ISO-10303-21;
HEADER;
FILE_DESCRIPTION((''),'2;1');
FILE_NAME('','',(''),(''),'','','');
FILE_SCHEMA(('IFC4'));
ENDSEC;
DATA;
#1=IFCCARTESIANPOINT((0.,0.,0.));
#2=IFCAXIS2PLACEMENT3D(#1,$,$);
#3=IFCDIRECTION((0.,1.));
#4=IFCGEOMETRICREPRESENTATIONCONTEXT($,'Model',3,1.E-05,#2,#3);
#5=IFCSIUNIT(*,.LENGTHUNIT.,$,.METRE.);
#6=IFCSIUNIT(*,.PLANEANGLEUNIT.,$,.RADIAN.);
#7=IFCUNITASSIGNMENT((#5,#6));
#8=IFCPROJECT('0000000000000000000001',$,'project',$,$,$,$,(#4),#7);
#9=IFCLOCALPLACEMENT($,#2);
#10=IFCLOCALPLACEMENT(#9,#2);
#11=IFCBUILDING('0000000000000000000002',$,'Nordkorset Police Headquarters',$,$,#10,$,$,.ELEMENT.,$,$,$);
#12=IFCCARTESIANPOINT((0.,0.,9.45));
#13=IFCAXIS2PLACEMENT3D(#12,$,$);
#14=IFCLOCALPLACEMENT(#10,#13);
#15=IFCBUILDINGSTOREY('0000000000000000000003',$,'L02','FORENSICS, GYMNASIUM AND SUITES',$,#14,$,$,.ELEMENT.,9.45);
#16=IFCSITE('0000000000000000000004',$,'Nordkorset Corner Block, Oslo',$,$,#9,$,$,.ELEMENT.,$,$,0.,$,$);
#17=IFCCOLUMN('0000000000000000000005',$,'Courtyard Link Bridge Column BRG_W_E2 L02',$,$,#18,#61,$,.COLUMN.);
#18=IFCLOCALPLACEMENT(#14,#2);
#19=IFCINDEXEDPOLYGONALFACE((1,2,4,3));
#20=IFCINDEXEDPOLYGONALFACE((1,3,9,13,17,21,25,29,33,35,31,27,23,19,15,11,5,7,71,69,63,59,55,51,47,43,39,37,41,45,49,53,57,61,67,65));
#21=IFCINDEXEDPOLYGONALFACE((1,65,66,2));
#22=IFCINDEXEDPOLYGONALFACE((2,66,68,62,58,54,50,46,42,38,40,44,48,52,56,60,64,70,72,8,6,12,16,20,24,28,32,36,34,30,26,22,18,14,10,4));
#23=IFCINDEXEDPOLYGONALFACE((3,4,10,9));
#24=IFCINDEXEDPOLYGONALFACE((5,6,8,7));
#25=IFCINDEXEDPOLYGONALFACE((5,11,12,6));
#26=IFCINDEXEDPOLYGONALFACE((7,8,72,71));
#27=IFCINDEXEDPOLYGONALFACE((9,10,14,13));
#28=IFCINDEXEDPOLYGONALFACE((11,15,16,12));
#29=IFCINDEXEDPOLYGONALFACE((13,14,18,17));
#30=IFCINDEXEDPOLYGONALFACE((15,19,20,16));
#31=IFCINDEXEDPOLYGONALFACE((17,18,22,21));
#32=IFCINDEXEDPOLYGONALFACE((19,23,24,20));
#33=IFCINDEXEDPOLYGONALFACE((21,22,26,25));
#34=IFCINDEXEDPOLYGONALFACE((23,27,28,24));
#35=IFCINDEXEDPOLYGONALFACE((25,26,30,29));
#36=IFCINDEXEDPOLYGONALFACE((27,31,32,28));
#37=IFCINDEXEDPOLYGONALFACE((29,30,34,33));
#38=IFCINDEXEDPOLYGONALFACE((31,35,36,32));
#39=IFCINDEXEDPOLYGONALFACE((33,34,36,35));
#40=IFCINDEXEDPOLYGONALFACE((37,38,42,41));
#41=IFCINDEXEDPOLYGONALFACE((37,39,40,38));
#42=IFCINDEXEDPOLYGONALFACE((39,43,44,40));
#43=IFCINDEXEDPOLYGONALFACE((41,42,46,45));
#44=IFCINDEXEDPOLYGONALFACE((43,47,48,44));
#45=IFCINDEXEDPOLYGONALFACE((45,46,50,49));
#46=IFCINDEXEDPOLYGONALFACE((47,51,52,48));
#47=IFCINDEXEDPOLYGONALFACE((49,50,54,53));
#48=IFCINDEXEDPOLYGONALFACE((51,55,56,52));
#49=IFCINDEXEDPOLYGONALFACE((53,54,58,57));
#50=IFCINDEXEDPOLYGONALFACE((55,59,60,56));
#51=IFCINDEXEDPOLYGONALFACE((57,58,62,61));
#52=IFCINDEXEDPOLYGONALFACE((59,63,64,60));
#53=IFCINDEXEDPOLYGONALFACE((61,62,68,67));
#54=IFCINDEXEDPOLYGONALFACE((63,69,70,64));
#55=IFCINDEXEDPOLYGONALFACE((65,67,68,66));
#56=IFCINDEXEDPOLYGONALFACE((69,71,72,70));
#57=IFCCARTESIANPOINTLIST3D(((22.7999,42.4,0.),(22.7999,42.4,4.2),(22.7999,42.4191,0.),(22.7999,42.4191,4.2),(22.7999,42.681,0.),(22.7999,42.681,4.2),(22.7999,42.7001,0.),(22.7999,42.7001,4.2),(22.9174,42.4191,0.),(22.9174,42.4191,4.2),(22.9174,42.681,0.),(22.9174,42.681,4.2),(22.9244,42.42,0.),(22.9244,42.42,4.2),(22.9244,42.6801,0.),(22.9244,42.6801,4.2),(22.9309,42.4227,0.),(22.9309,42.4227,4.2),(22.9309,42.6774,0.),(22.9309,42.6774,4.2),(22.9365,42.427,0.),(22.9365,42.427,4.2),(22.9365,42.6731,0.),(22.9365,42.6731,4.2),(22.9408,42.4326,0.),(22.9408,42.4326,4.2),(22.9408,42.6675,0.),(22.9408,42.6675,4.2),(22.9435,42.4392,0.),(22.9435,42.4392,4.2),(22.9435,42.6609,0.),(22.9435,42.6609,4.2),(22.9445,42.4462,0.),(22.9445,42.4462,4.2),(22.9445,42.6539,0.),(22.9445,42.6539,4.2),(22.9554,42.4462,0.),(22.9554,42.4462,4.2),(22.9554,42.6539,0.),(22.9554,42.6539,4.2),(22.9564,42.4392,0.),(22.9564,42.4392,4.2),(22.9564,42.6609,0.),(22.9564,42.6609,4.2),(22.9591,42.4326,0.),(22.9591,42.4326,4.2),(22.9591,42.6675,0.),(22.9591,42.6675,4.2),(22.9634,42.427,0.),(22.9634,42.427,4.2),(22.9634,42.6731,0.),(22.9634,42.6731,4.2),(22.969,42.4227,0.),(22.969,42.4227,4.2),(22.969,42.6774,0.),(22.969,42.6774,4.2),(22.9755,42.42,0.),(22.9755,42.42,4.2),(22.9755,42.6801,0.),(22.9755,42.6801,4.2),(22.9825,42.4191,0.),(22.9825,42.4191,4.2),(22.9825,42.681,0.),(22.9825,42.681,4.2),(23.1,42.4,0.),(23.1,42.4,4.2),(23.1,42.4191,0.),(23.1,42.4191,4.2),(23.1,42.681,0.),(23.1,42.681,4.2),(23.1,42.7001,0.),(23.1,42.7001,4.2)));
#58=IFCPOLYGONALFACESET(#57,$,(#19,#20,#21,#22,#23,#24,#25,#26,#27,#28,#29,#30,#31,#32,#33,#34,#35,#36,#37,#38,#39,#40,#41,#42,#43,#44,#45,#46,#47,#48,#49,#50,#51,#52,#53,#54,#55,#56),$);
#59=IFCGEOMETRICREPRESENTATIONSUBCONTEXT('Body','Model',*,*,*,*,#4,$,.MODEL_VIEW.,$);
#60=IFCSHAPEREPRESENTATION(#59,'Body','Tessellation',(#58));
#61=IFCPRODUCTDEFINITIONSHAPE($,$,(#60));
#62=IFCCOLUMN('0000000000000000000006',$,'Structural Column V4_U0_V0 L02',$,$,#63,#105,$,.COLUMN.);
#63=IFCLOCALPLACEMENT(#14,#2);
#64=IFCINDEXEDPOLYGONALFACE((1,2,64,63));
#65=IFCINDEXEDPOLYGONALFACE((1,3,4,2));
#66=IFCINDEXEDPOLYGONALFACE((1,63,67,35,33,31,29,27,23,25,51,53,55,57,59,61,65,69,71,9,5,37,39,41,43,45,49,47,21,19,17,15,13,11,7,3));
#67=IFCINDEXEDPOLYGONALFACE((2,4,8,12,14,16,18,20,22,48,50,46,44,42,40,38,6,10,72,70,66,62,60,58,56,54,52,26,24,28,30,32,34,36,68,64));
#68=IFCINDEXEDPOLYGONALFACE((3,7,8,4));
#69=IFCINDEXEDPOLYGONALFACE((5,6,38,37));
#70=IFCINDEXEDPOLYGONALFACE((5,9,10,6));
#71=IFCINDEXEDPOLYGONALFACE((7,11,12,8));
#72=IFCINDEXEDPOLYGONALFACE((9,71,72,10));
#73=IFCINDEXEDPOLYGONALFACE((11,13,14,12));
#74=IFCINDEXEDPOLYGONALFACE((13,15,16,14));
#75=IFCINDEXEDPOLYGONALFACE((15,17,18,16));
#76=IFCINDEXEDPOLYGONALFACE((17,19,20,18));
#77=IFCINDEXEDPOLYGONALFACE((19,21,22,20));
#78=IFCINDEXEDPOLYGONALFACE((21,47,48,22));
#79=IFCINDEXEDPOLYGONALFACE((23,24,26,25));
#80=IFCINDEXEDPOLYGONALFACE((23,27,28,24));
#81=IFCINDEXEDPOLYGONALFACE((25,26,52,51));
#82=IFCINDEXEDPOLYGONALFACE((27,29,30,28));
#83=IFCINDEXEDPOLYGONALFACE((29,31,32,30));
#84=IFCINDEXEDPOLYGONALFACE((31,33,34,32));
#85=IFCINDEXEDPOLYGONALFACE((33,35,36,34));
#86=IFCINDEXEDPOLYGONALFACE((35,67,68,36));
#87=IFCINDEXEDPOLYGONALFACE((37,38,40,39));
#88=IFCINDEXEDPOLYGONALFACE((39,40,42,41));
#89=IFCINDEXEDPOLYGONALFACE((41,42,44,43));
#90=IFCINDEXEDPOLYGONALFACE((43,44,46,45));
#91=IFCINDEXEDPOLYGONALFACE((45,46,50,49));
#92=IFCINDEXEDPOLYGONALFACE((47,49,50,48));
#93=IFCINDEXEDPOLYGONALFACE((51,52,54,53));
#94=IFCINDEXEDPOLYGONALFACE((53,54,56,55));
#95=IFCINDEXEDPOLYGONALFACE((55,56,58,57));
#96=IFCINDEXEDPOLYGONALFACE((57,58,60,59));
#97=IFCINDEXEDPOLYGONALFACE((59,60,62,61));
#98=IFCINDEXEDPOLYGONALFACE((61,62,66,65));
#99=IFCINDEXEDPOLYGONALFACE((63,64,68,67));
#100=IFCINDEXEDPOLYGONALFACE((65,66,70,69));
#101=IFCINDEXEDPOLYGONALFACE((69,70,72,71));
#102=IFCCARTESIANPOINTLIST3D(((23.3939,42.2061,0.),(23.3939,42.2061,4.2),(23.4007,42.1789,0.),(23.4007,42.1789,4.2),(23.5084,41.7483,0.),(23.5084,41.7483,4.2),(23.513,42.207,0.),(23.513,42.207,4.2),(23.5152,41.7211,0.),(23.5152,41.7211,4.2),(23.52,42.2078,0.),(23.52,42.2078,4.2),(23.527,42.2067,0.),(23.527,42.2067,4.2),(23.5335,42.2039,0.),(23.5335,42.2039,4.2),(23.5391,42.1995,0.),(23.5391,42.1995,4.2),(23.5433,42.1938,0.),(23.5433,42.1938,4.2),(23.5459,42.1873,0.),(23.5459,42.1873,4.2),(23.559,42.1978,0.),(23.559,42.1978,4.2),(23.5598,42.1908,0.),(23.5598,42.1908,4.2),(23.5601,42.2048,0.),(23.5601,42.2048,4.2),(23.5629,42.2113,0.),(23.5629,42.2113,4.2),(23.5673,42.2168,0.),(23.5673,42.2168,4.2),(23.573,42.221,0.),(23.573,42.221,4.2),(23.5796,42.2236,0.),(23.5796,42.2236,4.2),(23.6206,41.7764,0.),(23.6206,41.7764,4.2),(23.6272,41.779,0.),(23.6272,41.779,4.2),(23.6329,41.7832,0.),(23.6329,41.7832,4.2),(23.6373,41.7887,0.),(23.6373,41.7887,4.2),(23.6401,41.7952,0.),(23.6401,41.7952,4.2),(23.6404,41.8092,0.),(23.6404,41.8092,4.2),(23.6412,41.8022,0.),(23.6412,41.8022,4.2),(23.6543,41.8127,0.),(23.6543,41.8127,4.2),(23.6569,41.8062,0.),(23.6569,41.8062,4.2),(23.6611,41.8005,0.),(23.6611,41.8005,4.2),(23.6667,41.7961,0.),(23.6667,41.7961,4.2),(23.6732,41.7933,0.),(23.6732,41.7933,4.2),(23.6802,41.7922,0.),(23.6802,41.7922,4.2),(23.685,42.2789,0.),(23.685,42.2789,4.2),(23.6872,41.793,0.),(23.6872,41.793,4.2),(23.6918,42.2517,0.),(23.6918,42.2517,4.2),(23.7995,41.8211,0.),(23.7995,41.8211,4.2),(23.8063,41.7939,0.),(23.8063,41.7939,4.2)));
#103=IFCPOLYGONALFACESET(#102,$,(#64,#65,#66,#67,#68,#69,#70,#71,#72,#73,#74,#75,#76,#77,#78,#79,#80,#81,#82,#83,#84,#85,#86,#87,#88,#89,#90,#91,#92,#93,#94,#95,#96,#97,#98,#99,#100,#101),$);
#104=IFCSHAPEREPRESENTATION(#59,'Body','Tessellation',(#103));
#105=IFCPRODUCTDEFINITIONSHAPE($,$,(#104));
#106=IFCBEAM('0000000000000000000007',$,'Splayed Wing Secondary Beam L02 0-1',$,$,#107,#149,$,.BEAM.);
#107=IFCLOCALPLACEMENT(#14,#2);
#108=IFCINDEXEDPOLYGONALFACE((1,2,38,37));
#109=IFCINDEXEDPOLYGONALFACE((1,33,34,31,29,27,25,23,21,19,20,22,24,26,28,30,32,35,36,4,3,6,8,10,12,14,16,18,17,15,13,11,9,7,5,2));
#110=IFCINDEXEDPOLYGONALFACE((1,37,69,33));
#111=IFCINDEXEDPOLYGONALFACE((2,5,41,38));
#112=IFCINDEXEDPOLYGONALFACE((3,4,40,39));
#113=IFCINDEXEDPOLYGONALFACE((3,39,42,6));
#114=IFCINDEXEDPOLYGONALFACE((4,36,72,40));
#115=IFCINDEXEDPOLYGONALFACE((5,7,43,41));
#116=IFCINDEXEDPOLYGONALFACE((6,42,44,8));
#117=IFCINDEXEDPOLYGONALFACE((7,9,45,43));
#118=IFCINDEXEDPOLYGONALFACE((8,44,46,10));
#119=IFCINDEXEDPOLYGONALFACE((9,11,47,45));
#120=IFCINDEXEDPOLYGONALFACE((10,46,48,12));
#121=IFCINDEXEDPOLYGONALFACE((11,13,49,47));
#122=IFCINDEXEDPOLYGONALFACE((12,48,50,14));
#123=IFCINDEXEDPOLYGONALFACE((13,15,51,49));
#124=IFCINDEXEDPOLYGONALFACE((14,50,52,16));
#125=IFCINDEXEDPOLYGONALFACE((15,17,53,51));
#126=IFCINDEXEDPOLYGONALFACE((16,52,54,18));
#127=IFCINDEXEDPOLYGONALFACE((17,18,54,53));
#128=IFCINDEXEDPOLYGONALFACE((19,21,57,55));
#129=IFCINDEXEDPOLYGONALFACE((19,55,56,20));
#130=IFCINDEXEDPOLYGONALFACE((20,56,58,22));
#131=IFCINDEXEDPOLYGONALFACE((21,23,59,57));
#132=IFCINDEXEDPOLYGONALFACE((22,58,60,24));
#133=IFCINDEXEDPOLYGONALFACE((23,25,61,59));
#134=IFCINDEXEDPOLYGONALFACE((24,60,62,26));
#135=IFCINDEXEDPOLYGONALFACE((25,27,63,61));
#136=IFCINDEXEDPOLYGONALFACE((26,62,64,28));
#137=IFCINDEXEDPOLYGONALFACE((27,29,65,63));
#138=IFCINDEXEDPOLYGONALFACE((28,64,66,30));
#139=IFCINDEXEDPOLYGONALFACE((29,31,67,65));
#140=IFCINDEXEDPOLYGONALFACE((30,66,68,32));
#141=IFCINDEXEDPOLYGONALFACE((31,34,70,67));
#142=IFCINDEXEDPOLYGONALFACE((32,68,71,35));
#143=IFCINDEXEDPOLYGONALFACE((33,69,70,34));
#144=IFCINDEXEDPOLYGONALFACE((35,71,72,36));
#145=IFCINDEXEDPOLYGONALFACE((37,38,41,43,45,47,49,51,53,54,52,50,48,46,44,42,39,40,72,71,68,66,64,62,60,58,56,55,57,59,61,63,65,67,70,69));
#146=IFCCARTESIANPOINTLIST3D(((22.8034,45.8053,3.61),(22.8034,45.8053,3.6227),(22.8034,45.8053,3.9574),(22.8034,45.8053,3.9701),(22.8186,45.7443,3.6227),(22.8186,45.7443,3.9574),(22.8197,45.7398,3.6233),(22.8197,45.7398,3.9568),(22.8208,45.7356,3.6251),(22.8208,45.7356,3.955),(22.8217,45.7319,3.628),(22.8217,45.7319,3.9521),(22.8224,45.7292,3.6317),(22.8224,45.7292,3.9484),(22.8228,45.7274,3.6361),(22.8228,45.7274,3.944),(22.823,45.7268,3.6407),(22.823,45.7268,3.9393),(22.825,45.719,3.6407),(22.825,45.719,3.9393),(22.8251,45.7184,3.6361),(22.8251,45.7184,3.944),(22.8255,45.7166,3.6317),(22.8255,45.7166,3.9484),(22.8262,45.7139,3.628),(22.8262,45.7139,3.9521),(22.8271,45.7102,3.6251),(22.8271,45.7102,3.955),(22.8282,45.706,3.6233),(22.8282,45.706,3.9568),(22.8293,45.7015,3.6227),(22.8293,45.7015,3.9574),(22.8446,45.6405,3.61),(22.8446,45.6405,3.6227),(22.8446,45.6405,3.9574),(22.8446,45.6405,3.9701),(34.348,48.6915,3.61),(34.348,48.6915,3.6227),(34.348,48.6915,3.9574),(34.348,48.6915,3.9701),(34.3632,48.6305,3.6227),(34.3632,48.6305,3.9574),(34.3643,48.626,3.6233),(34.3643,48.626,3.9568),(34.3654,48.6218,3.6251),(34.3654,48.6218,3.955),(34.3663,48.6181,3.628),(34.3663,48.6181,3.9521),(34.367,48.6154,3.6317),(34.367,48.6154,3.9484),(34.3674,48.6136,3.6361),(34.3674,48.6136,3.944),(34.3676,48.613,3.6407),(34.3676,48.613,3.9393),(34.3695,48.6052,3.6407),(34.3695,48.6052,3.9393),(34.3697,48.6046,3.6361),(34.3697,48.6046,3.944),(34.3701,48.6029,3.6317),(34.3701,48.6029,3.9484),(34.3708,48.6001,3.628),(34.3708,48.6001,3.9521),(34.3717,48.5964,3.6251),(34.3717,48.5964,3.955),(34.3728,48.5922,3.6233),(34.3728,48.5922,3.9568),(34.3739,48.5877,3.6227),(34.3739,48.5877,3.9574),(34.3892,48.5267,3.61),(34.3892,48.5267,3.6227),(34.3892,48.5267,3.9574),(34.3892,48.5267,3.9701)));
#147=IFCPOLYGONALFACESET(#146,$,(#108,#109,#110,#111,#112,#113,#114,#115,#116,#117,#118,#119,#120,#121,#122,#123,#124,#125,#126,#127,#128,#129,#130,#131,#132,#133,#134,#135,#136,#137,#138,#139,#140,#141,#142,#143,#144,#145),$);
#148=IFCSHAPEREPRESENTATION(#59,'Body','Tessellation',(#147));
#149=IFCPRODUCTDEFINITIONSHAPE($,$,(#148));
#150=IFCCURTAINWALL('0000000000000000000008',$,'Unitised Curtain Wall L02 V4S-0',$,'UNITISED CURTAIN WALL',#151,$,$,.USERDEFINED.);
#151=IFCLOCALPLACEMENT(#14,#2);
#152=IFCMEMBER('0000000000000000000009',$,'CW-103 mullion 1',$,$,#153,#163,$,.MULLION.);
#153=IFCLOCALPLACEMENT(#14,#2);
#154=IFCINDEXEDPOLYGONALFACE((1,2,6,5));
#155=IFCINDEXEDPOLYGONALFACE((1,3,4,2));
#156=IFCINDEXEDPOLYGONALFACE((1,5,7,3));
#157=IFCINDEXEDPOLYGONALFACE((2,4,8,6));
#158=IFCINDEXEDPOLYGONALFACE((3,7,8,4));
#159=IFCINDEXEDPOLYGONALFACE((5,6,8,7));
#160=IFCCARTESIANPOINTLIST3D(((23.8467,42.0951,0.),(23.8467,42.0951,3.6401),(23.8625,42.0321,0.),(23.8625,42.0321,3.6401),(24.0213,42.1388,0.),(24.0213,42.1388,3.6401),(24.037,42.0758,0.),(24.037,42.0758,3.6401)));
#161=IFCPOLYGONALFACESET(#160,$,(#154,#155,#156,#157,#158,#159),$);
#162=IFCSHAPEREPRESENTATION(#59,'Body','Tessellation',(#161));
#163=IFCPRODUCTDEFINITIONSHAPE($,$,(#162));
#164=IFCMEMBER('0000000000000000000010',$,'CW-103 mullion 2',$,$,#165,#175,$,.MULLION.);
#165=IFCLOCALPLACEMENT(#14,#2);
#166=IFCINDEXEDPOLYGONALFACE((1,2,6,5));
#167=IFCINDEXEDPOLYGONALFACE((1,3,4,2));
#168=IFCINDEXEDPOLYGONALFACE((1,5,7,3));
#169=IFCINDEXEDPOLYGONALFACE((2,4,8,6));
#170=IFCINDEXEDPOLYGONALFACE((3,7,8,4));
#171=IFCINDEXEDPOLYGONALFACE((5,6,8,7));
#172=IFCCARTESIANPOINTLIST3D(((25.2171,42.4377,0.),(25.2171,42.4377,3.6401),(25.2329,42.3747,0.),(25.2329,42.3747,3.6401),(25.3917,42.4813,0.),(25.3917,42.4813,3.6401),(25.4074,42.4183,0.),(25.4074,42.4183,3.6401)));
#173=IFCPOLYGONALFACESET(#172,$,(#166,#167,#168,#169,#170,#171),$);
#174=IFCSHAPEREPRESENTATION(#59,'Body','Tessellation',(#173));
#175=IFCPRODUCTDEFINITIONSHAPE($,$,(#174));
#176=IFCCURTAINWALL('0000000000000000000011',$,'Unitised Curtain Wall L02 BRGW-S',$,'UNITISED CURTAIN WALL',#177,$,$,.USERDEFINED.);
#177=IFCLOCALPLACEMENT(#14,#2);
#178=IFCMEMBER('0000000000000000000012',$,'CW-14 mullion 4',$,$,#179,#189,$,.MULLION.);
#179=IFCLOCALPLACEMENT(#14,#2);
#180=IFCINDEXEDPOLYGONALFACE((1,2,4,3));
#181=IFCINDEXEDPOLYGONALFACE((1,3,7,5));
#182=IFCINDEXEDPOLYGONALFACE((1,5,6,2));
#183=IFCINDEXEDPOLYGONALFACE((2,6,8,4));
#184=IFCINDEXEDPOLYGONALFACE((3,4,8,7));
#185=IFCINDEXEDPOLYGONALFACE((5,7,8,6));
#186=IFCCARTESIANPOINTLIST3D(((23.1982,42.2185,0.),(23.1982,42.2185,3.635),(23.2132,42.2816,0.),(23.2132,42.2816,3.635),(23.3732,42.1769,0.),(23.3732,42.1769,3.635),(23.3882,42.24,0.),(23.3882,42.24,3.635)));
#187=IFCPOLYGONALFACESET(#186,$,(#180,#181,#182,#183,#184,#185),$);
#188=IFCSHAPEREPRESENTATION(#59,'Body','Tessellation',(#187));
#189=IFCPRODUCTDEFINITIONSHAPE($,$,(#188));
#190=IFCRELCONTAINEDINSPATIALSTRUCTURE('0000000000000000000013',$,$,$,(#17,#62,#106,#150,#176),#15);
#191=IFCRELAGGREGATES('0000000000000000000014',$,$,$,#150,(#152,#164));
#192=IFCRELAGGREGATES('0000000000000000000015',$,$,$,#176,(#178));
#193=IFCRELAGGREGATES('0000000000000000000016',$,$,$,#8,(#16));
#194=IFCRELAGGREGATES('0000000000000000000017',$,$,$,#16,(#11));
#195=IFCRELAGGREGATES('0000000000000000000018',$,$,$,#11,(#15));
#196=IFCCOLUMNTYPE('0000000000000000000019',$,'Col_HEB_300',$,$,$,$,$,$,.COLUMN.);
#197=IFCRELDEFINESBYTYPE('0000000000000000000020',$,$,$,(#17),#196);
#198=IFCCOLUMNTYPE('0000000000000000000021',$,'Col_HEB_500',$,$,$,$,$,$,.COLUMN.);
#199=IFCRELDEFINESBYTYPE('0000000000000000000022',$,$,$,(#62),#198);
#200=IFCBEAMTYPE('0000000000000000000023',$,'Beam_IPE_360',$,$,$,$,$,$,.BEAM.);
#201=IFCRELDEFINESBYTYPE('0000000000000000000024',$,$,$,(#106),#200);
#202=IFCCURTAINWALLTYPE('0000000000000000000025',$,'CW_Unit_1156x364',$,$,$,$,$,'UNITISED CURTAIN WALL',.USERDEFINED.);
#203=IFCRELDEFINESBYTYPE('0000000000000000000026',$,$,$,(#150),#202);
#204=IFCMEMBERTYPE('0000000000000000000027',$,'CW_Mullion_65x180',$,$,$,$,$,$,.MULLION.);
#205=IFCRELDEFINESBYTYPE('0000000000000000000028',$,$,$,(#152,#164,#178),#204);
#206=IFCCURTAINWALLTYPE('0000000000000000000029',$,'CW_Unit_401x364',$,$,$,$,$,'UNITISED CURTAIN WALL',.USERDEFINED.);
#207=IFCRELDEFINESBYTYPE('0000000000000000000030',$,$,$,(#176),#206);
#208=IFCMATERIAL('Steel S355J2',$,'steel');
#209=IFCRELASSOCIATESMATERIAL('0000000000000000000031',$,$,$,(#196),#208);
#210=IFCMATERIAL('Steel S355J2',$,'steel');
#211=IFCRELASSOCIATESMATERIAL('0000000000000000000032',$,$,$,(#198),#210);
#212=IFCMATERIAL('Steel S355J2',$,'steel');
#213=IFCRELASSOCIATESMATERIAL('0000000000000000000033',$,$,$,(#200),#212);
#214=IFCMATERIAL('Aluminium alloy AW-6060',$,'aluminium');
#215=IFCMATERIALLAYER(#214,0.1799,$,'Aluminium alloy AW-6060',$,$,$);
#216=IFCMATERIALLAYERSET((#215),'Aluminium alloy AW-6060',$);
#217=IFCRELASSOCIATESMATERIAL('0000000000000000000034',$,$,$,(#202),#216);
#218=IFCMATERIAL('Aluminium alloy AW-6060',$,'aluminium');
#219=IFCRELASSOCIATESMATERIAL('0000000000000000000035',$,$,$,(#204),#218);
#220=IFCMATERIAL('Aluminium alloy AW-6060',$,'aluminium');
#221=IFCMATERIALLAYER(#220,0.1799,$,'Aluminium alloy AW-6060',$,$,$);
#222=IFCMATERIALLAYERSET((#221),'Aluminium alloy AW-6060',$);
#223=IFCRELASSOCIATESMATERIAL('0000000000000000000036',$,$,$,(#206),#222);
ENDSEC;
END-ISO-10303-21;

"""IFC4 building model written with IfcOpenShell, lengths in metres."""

from ifc_helpers import new_model, si_unit, direction, frame, origin, origin_2d, place, context, subcontext, project, spatial, rectangle, i_section, extrude, material, layer, layer_set, material_profile, profile_set, type_object, element, aggregate, save


model = new_model("IFC4")

# Units and contexts
model_context = context("Model", 3, precision=1e-05, world=origin(), true_north=direction((0.0, 1.0)))
body_context = subcontext(model_context, "Body", "Model", "MODEL_VIEW")
ifc_project = project(units=[si_unit("LENGTHUNIT", "METRE"), si_unit("PLANEANGLEUNIT", "RADIAN")], contexts=[model_context])

# Site, building, storey
site_placement = place(None, origin())
site = spatial("IfcSite", under=ifc_project, at=site_placement, Name="Nordkorset Corner Block, Oslo", CompositionType="ELEMENT", RefElevation=0.0)
building_placement = place(site_placement, origin())
building = spatial("IfcBuilding", under=site, at=building_placement, Name="Nordkorset Police Headquarters", CompositionType="ELEMENT")
storey_placement = place(building_placement, frame((0.0, 0.0, 9.45)))
storey = spatial("IfcBuildingStorey", under=building, at=storey_placement, Name="L02", Description="FORENSICS, GYMNASIUM AND SUITES", CompositionType="ELEMENT", Elevation=9.45)

# Columns
ifc_material_1 = material(Name="Steel S355J2", Category="steel")
ifc_material_profile_1 = material_profile(ifc_material_1, i_section(OverallWidth=0.3, OverallDepth=0.3, WebThickness=0.011, FlangeThickness=0.019, FilletRadius=0.0271, at=origin_2d()), Name="HEB 300")
ifc_profile_set_1 = profile_set([ifc_material_profile_1], Name="Steel S355J2")
column_type_1 = type_object("IfcColumnType", Name="Col_HEB_300", PredefinedType="COLUMN", material=ifc_profile_set_1)
column_1_placement = place(storey_placement, frame((22.95, 42.55, 0.0), z_axis=(0.0, 0.0, 1.0), x_axis=(1.0, 0.0, 0.0)))
element("IfcColumn", 1, at=column_1_placement, inside=storey, type_object=column_type_1, Name="Courtyard Link Bridge Column BRG_W_E2 L02", PredefinedType="COLUMN", context=body_context, shape_type="SweptSolid", body=[
    extrude(i_section(OverallWidth=0.3, OverallDepth=0.3, WebThickness=0.011, FlangeThickness=0.019, FilletRadius=0.0271, at=origin_2d()), origin(), (0.0, 0.0, 1.0), 4.2),
])
ifc_material_2 = material(Name="Steel S355J2", Category="steel")
ifc_material_profile_2 = material_profile(ifc_material_2, i_section(OverallWidth=0.3, OverallDepth=0.5, WebThickness=0.0144, FlangeThickness=0.0281, FilletRadius=0.0271, at=origin_2d()), Name="HEB 500")
ifc_profile_set_2 = profile_set([ifc_material_profile_2], Name="Steel S355J2")
column_type_2 = type_object("IfcColumnType", Name="Col_HEB_500", PredefinedType="COLUMN", material=ifc_profile_set_2)
column_2_placement = place(storey_placement, frame((23.6001, 42.0, 0.0), z_axis=(0.0, 0.0, 1.0), x_axis=(0.970143, 0.242536, 0.0)))
element("IfcColumn", 2, at=column_2_placement, inside=storey, type_object=column_type_2, Name="Structural Column V4_U0_V0 L02", PredefinedType="COLUMN", context=body_context, shape_type="SweptSolid", body=[
    extrude(i_section(OverallWidth=0.3, OverallDepth=0.5, WebThickness=0.0144, FlangeThickness=0.0281, FilletRadius=0.0271, at=origin_2d()), origin(), (0.0, 0.0, 1.0), 4.2),
])

# Beam
ifc_material_3 = material(Name="Steel S355J2", Category="steel")
ifc_material_profile_3 = material_profile(ifc_material_3, i_section(OverallWidth=0.1699, OverallDepth=0.3601, WebThickness=0.0081, FlangeThickness=0.0127, FilletRadius=0.0181, at=origin_2d()), Name="IPE 360")
ifc_profile_set_3 = profile_set([ifc_material_profile_3], Name="Steel S355J2")
beam_type_1 = type_object("IfcBeamType", Name="Beam_IPE_360", PredefinedType="BEAM", material=ifc_profile_set_3)
beam_1_placement = place(storey_placement, frame((22.824, 45.7229, 3.79), z_axis=(0.970141, 0.24254, 0.0), x_axis=(-0.24254, 0.970141, 0.0)))
element("IfcBeam", 3, at=beam_1_placement, inside=storey, type_object=beam_type_1, Name="Splayed Wing Secondary Beam L02 0-1", PredefinedType="BEAM", context=body_context, shape_type="SweptSolid", body=[
    extrude(i_section(OverallWidth=0.1699, OverallDepth=0.3601, WebThickness=0.0081, FlangeThickness=0.0127, FilletRadius=0.0181, at=origin_2d()), origin(), (0.0, 0.0, 1.0), 11.8999),
])

# Curtain wall, members
ifc_material_4 = material(Name="Aluminium alloy AW-6060", Category="aluminium")
ifc_layer_1 = layer(ifc_material_4, 0.1799, Name="Aluminium alloy AW-6060")
ifc_layer_set_1 = layer_set([ifc_layer_1], Name="Aluminium alloy AW-6060")
curtain_wall_type_1 = type_object("IfcCurtainWallType", Name="CW_Unit_1156x364", ElementType="UNITISED CURTAIN WALL", PredefinedType="USERDEFINED", material=ifc_layer_set_1)
curtain_wall_1_placement = place(storey_placement, origin())
curtain_wall_1 = element("IfcCurtainWall", 4, at=curtain_wall_1_placement, inside=storey, type_object=curtain_wall_type_1, Name="Unitised Curtain Wall L02 V4S-0", ObjectType="UNITISED CURTAIN WALL", PredefinedType="USERDEFINED")
ifc_material_5 = material(Name="Aluminium alloy AW-6060", Category="aluminium")
ifc_material_profile_4 = material_profile(ifc_material_5, rectangle(XDim=0.0649, YDim=0.1799, at=origin_2d()), Name="ALU MULL 65x180")
ifc_profile_set_4 = profile_set([ifc_material_profile_4], Name="Aluminium alloy AW-6060")
member_type_1 = type_object("IfcMemberType", Name="CW_Mullion_65x180", PredefinedType="MULLION", material=ifc_profile_set_4)
member_1_placement = place(storey_placement, frame((23.9419, 42.0854, 0.0), z_axis=(0.0, 0.0, 1.0), x_axis=(-0.242536, 0.970143, 0.0)))
member_1 = element("IfcMember", 5, at=member_1_placement, type_object=member_type_1, Name="CW-103 mullion 1", PredefinedType="MULLION", context=body_context, shape_type="SweptSolid", body=[
    extrude(rectangle(XDim=0.0649, YDim=0.1799, at=origin_2d()), origin(), (0.0, 0.0, 1.0), 3.6401),
])
member_2_placement = place(storey_placement, frame((25.3123, 42.428, 0.0), z_axis=(0.0, 0.0, 1.0), x_axis=(-0.242536, 0.970143, 0.0)))
member_2 = element("IfcMember", 6, at=member_2_placement, type_object=member_type_1, Name="CW-103 mullion 2", PredefinedType="MULLION", context=body_context, shape_type="SweptSolid", body=[
    extrude(rectangle(XDim=0.0649, YDim=0.1799, at=origin_2d()), origin(), (0.0, 0.0, 1.0), 3.6401),
])

# Curtain wall, member
ifc_material_6 = material(Name="Aluminium alloy AW-6060", Category="aluminium")
ifc_layer_2 = layer(ifc_material_6, 0.1799, Name="Aluminium alloy AW-6060")
ifc_layer_set_2 = layer_set([ifc_layer_2], Name="Aluminium alloy AW-6060")
curtain_wall_type_2 = type_object("IfcCurtainWallType", Name="CW_Unit_401x364", ElementType="UNITISED CURTAIN WALL", PredefinedType="USERDEFINED", material=ifc_layer_set_2)
curtain_wall_2_placement = place(storey_placement, origin())
curtain_wall_2 = element("IfcCurtainWall", 7, at=curtain_wall_2_placement, inside=storey, type_object=curtain_wall_type_2, Name="Unitised Curtain Wall L02 BRGW-S", ObjectType="UNITISED CURTAIN WALL", PredefinedType="USERDEFINED")
member_3_placement = place(storey_placement, frame((23.2932, 42.2292, 0.0), z_axis=(0.0, 0.0, 1.0), x_axis=(0.231206, 0.972905, 0.0)))
member_3 = element("IfcMember", 8, at=member_3_placement, type_object=member_type_1, Name="CW-14 mullion 4", PredefinedType="MULLION", context=body_context, shape_type="SweptSolid", body=[
    extrude(rectangle(XDim=0.0649, YDim=0.1799, at=origin_2d()), origin(), (0.0, 0.0, 1.0), 3.635),
])

aggregate(curtain_wall_1, [member_1, member_2])
aggregate(curtain_wall_2, [member_3])

save(model, "model.ifc")
